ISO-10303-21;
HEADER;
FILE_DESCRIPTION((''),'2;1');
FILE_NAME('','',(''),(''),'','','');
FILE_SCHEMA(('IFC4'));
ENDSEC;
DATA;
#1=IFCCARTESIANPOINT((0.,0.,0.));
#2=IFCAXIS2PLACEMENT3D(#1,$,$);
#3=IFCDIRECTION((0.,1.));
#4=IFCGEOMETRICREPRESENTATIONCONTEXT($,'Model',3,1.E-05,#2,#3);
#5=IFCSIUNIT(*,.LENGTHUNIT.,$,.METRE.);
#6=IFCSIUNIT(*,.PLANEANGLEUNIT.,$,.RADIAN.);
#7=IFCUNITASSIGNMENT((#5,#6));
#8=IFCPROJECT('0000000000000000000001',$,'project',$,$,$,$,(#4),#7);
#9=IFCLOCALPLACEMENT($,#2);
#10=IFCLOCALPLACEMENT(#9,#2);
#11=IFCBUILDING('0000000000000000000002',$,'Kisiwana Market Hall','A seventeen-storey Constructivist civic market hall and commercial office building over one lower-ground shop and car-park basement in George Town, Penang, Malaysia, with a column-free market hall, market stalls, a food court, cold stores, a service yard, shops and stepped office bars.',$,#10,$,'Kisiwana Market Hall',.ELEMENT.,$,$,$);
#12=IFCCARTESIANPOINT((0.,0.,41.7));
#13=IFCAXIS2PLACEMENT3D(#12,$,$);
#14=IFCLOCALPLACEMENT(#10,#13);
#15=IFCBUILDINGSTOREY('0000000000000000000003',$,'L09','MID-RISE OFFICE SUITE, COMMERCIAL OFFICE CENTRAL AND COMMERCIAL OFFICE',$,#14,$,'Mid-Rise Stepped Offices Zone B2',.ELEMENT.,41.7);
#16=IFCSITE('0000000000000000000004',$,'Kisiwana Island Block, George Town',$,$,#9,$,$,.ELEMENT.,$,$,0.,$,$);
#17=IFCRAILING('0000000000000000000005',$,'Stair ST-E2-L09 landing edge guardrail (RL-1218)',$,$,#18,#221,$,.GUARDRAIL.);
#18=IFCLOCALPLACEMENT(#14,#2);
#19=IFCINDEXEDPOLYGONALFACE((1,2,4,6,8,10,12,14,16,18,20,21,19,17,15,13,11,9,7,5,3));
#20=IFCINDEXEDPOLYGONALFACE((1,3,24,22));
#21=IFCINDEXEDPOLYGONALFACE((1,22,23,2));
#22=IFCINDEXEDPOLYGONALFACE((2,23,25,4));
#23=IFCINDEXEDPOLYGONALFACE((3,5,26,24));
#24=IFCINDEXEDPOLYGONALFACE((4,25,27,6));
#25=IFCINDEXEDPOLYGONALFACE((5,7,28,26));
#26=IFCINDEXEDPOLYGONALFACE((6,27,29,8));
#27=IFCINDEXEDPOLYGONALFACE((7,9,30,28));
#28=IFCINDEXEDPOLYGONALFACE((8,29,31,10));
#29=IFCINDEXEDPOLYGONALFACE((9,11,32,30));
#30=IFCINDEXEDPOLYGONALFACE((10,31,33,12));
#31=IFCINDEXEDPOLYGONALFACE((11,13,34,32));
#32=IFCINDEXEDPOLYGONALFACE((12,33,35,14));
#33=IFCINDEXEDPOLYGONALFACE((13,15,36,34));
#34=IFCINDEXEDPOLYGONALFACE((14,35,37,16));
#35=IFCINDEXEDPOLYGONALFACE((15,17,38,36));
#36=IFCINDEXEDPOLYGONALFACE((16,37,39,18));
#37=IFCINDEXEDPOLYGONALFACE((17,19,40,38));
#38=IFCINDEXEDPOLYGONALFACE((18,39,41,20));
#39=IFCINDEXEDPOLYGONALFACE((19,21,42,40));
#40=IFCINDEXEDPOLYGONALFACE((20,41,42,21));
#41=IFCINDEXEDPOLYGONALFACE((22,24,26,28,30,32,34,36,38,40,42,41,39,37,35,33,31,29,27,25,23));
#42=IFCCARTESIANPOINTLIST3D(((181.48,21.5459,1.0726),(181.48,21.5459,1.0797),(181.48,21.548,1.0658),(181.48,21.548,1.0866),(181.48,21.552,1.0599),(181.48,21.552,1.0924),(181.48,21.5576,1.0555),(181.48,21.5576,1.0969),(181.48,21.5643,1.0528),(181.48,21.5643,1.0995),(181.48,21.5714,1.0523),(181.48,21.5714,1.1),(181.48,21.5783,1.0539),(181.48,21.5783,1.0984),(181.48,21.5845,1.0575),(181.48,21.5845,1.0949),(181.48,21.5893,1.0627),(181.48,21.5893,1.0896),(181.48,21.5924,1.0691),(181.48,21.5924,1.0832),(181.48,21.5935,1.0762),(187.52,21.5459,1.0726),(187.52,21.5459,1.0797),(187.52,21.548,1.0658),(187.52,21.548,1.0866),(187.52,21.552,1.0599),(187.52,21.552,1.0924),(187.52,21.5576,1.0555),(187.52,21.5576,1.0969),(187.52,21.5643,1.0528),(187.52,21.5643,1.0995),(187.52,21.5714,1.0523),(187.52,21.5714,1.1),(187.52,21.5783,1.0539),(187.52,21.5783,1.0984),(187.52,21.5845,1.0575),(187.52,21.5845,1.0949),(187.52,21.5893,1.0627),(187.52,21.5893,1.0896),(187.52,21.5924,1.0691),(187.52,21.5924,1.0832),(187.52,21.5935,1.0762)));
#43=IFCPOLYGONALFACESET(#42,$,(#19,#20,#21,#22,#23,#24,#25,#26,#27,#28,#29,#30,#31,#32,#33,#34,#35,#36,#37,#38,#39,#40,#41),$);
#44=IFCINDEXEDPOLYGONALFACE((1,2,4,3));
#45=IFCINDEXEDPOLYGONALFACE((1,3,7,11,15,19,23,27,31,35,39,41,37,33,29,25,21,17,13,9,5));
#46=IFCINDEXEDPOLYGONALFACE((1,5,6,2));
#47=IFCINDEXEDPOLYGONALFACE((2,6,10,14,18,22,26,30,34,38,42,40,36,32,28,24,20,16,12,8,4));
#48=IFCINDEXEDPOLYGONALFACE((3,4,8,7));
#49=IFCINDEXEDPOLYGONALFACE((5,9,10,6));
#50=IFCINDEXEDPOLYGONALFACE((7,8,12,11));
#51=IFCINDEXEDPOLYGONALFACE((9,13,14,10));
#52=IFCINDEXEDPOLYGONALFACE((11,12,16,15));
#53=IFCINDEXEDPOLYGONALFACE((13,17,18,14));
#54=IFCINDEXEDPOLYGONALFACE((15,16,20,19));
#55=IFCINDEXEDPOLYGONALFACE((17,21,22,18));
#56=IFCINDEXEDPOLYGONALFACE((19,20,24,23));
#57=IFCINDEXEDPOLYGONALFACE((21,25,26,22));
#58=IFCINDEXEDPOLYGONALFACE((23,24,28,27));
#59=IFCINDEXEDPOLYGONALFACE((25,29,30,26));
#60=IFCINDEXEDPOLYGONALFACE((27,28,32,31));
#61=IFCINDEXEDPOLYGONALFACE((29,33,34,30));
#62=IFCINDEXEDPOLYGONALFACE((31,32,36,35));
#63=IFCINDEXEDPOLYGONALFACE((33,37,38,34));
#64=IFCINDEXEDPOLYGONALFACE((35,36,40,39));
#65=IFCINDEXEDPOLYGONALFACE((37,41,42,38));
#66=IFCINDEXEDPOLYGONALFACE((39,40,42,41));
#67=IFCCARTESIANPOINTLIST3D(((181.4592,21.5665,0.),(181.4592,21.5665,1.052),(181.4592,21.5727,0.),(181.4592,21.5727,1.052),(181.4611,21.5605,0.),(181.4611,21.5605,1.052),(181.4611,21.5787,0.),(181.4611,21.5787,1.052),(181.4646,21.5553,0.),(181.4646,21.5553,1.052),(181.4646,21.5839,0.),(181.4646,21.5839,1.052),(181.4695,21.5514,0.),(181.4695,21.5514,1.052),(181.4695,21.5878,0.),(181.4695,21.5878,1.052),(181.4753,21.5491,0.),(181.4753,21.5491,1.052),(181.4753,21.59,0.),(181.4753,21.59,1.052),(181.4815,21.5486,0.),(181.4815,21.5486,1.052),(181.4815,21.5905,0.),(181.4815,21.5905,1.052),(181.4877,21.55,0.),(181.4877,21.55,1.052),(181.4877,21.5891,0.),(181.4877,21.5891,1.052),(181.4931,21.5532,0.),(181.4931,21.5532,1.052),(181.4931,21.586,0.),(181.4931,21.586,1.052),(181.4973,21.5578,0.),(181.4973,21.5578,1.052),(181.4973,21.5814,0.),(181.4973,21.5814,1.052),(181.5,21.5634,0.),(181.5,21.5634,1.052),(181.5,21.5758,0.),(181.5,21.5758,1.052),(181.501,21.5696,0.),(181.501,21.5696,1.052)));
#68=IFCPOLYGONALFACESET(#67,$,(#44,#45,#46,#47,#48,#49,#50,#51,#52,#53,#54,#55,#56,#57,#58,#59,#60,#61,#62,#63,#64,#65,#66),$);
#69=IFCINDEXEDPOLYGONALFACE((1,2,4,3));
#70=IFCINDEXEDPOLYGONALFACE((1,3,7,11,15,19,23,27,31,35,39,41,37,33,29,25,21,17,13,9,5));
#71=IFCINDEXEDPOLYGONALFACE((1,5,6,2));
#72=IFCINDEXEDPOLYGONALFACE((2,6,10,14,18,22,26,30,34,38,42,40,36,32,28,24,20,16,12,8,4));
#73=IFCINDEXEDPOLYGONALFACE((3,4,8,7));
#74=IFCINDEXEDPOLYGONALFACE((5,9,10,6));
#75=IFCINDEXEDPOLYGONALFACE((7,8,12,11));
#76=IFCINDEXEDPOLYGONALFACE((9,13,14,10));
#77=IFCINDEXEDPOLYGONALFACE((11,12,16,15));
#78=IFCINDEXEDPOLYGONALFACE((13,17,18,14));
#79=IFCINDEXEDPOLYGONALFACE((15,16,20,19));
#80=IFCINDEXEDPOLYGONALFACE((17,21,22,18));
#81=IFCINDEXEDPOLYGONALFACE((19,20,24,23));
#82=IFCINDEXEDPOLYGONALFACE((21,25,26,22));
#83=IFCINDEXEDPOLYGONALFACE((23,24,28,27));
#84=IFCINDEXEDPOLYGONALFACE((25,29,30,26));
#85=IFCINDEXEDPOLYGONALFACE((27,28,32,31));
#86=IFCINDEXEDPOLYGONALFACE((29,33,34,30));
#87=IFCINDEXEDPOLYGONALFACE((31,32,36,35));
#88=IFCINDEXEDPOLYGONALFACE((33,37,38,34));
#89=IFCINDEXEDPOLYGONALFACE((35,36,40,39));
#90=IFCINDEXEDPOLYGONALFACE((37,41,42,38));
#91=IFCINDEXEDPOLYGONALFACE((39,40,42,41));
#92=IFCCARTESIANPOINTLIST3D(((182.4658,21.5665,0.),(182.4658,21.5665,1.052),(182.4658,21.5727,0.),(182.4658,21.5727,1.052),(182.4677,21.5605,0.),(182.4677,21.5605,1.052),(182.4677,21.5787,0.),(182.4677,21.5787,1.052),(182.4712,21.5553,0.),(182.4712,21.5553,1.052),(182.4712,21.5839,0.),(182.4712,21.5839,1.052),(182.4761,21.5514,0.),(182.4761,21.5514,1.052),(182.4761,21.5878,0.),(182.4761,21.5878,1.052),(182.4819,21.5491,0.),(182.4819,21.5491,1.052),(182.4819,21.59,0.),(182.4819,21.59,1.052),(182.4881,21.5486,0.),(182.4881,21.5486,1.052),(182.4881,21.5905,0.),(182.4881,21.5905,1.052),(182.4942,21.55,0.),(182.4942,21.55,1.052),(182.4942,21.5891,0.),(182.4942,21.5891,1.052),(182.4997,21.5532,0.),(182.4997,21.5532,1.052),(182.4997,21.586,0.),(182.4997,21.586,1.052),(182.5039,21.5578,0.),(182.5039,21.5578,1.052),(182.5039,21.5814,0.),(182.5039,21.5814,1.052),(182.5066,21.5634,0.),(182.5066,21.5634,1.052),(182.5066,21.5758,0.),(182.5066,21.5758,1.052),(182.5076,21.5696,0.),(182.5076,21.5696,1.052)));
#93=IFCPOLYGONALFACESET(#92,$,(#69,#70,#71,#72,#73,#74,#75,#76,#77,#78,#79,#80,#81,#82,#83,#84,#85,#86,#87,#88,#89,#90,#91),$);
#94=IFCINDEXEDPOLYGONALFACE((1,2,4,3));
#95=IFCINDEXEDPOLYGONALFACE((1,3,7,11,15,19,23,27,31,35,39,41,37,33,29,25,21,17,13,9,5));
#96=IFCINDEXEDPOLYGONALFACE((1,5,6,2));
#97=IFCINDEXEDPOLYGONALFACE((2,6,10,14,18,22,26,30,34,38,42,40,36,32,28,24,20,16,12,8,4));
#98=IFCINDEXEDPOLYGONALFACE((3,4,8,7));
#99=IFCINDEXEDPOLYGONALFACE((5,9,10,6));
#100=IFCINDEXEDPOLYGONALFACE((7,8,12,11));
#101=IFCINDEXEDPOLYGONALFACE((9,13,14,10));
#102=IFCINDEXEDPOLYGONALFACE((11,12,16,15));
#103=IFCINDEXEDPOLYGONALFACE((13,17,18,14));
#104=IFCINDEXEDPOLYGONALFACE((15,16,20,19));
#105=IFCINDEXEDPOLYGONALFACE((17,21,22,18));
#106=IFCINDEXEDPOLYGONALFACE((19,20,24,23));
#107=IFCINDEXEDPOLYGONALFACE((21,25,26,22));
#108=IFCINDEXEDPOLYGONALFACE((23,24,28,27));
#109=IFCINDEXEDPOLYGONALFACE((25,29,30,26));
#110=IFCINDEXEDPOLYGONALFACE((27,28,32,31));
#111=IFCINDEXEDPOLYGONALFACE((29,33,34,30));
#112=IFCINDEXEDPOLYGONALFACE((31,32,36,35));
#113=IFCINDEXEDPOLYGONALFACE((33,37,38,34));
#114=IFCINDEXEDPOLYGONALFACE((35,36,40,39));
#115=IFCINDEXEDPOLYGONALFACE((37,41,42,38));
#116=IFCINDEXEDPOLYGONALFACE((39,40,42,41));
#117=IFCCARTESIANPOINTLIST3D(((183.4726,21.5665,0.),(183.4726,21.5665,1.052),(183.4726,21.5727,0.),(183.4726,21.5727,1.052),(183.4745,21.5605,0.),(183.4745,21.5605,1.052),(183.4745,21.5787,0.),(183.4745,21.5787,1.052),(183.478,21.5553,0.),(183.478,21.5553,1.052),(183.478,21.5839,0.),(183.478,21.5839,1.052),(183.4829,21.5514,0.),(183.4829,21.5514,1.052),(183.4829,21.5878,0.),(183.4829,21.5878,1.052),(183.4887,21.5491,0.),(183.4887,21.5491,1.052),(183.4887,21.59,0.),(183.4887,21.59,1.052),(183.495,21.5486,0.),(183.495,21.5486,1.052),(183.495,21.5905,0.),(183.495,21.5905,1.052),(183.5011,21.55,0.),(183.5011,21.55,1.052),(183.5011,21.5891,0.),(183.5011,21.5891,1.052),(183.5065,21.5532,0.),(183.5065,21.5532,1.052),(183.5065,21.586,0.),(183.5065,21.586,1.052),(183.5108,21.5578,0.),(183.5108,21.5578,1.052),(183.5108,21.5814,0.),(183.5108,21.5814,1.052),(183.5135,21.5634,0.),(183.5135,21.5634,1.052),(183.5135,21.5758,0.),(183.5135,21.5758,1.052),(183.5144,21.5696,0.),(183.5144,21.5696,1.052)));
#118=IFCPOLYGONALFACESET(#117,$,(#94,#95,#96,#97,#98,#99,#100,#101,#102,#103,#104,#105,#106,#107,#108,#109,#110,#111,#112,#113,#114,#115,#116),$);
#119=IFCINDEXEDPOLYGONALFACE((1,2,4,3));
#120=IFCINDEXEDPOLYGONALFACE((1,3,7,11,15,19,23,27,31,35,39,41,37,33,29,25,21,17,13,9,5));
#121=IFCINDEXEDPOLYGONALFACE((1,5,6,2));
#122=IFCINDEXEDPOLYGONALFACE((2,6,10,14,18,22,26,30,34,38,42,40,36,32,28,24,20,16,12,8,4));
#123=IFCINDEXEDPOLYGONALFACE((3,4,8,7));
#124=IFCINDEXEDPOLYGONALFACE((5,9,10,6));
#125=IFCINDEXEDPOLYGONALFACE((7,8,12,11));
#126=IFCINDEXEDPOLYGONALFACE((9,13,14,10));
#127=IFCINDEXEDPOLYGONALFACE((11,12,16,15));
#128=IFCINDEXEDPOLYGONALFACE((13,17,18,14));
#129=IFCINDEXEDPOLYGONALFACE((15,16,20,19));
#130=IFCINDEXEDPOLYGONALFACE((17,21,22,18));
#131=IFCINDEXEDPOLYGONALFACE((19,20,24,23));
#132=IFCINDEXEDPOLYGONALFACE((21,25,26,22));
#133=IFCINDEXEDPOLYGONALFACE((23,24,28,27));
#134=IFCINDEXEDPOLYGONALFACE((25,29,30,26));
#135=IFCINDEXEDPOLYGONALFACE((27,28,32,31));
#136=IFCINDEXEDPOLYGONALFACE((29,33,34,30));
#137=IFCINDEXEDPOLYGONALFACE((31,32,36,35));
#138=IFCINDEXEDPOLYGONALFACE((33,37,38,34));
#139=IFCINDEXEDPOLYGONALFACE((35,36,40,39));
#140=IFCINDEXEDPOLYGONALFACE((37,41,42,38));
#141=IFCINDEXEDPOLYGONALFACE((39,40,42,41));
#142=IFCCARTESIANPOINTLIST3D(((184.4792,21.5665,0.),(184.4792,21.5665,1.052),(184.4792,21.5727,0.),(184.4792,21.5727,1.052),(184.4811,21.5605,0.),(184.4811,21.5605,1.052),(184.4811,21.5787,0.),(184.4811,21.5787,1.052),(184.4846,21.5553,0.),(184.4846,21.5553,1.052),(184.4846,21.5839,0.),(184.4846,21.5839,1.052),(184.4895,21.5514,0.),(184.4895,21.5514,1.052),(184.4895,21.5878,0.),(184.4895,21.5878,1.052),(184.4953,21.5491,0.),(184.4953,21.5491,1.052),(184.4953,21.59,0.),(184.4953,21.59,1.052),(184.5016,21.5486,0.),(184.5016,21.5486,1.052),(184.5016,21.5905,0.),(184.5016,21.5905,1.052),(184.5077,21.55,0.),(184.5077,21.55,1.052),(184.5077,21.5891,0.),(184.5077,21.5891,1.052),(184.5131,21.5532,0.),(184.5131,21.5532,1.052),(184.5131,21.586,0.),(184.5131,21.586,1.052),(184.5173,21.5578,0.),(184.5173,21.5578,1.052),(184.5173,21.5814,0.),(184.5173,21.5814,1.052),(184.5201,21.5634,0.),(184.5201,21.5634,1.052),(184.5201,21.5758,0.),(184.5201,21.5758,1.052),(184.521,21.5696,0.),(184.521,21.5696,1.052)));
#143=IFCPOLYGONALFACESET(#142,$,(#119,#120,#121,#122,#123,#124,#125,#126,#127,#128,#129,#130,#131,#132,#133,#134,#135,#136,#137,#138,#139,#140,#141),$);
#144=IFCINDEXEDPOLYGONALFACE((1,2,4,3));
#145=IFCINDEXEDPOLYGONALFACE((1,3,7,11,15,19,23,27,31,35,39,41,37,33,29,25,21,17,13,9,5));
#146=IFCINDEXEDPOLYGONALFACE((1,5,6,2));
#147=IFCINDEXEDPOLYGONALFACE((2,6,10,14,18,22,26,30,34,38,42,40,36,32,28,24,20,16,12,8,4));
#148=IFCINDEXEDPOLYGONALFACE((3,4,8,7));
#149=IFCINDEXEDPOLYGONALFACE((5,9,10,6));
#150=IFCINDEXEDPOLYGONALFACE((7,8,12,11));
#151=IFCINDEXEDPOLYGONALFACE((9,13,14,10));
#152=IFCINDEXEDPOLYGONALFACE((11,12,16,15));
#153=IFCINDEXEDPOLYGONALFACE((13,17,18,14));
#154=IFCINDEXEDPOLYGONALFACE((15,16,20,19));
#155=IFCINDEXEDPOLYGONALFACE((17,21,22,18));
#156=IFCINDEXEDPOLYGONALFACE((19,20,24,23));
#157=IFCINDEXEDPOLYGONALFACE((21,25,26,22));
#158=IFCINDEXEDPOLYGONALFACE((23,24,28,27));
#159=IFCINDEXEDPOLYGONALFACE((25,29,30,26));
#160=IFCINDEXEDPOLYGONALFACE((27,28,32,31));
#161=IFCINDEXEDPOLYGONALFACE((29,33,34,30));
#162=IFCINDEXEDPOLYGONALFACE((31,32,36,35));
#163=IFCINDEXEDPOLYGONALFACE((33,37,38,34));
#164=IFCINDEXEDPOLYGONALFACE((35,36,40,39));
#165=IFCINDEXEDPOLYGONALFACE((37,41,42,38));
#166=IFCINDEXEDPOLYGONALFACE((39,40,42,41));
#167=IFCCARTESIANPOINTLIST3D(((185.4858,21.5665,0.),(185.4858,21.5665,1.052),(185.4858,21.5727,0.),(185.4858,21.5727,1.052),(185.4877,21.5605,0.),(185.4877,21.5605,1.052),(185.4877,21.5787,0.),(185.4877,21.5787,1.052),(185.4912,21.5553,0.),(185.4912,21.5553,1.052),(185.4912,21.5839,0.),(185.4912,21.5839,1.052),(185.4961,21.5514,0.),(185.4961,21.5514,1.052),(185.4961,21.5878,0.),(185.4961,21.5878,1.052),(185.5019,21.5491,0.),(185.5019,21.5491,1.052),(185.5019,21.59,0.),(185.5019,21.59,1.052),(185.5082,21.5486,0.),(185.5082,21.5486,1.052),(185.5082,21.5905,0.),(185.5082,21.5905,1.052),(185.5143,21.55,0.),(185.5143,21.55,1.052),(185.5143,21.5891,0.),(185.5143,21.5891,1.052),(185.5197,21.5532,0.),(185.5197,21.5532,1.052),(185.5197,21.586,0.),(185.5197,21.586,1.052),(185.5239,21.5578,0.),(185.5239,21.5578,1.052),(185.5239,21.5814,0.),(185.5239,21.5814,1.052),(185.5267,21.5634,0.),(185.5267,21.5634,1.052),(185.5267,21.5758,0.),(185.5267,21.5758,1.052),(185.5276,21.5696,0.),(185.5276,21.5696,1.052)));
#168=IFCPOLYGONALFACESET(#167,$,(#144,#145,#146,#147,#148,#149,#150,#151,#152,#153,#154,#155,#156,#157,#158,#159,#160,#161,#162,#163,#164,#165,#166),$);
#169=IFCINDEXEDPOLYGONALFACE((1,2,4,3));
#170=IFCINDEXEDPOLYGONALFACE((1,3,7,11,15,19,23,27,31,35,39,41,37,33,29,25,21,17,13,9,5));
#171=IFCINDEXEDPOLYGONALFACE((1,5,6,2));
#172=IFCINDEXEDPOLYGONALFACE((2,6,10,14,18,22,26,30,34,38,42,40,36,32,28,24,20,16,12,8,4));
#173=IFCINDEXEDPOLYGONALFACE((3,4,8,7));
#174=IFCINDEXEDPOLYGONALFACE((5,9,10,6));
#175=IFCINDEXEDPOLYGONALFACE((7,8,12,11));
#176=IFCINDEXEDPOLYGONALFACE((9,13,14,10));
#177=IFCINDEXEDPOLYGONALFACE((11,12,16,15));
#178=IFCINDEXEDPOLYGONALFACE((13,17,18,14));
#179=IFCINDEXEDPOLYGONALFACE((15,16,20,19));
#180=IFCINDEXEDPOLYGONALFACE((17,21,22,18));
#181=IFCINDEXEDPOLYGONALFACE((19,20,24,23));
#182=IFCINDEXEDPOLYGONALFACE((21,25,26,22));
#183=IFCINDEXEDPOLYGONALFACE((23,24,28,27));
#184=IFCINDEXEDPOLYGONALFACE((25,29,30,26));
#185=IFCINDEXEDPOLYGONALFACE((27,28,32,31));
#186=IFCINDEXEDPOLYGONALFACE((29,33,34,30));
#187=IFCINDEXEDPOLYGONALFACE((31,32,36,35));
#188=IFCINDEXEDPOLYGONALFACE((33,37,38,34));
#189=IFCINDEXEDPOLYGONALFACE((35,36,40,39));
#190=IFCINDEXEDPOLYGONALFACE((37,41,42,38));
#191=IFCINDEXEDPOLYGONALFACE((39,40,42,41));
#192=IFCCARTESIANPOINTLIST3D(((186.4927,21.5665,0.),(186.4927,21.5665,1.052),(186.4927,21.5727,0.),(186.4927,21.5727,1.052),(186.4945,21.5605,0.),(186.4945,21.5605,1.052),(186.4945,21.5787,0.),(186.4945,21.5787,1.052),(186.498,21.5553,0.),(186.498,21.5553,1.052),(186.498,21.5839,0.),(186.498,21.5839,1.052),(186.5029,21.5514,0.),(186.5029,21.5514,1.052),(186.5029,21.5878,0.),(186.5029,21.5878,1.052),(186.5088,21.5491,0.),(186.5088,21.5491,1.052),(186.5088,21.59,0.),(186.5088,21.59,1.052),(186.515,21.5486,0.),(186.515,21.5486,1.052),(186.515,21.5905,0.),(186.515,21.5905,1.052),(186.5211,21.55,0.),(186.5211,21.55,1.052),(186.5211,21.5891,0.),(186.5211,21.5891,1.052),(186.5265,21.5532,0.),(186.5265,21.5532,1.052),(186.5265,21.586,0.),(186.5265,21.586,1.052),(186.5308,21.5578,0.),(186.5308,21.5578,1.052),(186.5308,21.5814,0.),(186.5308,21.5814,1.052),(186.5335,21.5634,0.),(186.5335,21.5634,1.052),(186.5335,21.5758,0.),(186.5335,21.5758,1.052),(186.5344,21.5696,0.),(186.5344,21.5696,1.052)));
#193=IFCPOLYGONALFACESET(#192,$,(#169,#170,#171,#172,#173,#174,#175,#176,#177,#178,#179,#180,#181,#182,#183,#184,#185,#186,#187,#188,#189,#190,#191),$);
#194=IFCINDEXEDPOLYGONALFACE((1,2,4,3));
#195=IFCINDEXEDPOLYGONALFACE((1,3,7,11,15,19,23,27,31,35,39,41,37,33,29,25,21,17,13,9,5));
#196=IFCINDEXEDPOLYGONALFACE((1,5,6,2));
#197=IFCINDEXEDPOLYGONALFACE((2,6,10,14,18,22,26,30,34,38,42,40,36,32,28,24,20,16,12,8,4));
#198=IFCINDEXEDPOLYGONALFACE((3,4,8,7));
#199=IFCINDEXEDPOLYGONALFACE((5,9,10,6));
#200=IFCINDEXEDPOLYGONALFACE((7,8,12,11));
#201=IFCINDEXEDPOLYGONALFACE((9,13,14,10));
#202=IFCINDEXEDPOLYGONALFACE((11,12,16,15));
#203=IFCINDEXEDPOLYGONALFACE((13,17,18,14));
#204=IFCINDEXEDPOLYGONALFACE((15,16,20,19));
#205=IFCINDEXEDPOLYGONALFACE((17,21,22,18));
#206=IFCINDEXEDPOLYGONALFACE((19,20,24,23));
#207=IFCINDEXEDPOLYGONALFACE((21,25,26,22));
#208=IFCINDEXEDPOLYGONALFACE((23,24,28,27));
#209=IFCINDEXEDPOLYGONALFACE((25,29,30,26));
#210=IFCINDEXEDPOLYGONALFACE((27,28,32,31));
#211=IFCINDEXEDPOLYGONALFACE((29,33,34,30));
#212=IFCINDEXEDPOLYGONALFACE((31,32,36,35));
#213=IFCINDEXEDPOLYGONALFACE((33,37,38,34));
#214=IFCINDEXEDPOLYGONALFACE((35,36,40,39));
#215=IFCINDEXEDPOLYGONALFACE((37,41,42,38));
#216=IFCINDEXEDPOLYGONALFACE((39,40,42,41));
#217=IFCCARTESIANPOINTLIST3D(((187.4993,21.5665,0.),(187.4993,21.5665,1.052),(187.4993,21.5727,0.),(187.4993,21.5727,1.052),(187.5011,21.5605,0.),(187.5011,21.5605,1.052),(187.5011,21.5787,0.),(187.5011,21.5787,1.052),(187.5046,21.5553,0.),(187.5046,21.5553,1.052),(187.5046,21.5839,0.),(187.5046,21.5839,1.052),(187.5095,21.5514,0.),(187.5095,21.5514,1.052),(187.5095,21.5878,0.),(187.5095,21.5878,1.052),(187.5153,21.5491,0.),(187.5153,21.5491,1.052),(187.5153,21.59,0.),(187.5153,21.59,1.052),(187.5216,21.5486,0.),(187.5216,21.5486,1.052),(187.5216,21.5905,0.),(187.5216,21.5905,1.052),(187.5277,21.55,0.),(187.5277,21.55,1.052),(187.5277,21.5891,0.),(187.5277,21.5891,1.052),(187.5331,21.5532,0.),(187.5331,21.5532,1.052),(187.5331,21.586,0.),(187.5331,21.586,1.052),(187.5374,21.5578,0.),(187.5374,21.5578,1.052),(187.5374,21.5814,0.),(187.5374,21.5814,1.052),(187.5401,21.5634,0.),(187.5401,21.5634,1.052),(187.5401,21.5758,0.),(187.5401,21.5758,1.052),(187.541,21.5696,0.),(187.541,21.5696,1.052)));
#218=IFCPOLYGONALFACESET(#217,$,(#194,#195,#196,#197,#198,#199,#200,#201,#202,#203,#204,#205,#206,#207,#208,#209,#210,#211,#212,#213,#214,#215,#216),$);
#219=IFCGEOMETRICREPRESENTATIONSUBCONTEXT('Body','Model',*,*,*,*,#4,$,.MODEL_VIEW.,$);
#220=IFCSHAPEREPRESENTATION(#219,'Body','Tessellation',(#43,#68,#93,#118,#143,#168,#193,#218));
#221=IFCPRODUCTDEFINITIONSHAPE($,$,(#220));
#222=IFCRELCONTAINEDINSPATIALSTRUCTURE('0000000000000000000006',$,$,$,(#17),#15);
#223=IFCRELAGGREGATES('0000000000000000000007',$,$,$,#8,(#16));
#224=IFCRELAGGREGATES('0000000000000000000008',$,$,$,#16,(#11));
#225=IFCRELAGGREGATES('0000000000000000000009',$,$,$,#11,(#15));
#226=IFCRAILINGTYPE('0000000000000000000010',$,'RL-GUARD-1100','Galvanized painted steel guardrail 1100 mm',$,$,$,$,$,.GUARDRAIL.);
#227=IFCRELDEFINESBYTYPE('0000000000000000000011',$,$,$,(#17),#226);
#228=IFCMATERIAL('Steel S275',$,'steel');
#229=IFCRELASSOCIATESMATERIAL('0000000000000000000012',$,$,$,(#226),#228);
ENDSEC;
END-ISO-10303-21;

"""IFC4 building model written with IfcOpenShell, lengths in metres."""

from ifc_helpers import new_model, si_unit, direction, frame, origin, origin_2d, place, context, subcontext, project, spatial, circle, extrude, material, type_object, element, save


model = new_model("IFC4")

# Units and contexts
model_context = context("Model", 3, precision=1e-05, world=origin(), true_north=direction((0.0, 1.0)))
body_context = subcontext(model_context, "Body", "Model", "MODEL_VIEW")
ifc_project = project(units=[si_unit("LENGTHUNIT", "METRE"), si_unit("PLANEANGLEUNIT", "RADIAN")], contexts=[model_context])

# Site, building, storey
site_placement = place(None, origin())
site = spatial("IfcSite", under=ifc_project, at=site_placement, Name="Kisiwana Island Block, George Town", CompositionType="ELEMENT", RefElevation=0.0)
building_placement = place(site_placement, origin())
building = spatial("IfcBuilding", under=site, at=building_placement, Name="Kisiwana Market Hall", Description="A seventeen-storey Constructivist civic market hall and commercial office building over one lower-ground shop and car-park basement in George Town, Penang, Malaysia, with a column-free market hall, market stalls, a food court, cold stores, a service yard, shops and stepped office bars.", LongName="Kisiwana Market Hall", CompositionType="ELEMENT")
storey_placement = place(building_placement, frame((0.0, 0.0, 41.7)))
storey = spatial("IfcBuildingStorey", under=building, at=storey_placement, Name="L09", Description="MID-RISE OFFICE SUITE, COMMERCIAL OFFICE CENTRAL AND COMMERCIAL OFFICE", LongName="Mid-Rise Stepped Offices Zone B2", CompositionType="ELEMENT", Elevation=41.7)

# Railing
ifc_material_1 = material(Name="Steel S275", Category="steel")
railing_type_1 = type_object("IfcRailingType", Name="RL-GUARD-1100", Description="Galvanized painted steel guardrail 1100 mm", PredefinedType="GUARDRAIL", material=ifc_material_1)
railing_1_placement = place(storey_placement, frame((181.48, 21.5696, 0.0)))
element("IfcRailing", 1, at=railing_1_placement, inside=storey, type_object=railing_type_1, Name="Stair ST-E2-L09 landing edge guardrail (RL-1218)", PredefinedType="GUARDRAIL", context=body_context, shape_type="SweptSolid", body=[
    extrude(circle(Radius=0.0239, at=origin_2d()), frame((0.0, 0.0, 1.0762), z_axis=(1.0, 0.0, 0.0), x_axis=(0.0, 1.0, 0.0)), (0.0, 0.0, 1.0), 6.04),
    extrude(circle(Radius=0.021, at=origin_2d()), origin(), (0.0, 0.0, 1.0), 1.052),
    extrude(circle(Radius=0.021, at=origin_2d()), frame((1.0066, 0.0, 0.0)), (0.0, 0.0, 1.0), 1.052),
    extrude(circle(Radius=0.021, at=origin_2d()), frame((2.0134, 0.0, 0.0)), (0.0, 0.0, 1.0), 1.052),
    extrude(circle(Radius=0.021, at=origin_2d()), frame((3.02, 0.0, 0.0)), (0.0, 0.0, 1.0), 1.052),
    extrude(circle(Radius=0.021, at=origin_2d()), frame((4.0266, 0.0, 0.0)), (0.0, 0.0, 1.0), 1.052),
    extrude(circle(Radius=0.021, at=origin_2d()), frame((5.0334, 0.0, 0.0)), (0.0, 0.0, 1.0), 1.052),
    extrude(circle(Radius=0.021, at=origin_2d()), frame((6.04, 0.0, 0.0)), (0.0, 0.0, 1.0), 1.052),
])

save(model, "model.ifc")
